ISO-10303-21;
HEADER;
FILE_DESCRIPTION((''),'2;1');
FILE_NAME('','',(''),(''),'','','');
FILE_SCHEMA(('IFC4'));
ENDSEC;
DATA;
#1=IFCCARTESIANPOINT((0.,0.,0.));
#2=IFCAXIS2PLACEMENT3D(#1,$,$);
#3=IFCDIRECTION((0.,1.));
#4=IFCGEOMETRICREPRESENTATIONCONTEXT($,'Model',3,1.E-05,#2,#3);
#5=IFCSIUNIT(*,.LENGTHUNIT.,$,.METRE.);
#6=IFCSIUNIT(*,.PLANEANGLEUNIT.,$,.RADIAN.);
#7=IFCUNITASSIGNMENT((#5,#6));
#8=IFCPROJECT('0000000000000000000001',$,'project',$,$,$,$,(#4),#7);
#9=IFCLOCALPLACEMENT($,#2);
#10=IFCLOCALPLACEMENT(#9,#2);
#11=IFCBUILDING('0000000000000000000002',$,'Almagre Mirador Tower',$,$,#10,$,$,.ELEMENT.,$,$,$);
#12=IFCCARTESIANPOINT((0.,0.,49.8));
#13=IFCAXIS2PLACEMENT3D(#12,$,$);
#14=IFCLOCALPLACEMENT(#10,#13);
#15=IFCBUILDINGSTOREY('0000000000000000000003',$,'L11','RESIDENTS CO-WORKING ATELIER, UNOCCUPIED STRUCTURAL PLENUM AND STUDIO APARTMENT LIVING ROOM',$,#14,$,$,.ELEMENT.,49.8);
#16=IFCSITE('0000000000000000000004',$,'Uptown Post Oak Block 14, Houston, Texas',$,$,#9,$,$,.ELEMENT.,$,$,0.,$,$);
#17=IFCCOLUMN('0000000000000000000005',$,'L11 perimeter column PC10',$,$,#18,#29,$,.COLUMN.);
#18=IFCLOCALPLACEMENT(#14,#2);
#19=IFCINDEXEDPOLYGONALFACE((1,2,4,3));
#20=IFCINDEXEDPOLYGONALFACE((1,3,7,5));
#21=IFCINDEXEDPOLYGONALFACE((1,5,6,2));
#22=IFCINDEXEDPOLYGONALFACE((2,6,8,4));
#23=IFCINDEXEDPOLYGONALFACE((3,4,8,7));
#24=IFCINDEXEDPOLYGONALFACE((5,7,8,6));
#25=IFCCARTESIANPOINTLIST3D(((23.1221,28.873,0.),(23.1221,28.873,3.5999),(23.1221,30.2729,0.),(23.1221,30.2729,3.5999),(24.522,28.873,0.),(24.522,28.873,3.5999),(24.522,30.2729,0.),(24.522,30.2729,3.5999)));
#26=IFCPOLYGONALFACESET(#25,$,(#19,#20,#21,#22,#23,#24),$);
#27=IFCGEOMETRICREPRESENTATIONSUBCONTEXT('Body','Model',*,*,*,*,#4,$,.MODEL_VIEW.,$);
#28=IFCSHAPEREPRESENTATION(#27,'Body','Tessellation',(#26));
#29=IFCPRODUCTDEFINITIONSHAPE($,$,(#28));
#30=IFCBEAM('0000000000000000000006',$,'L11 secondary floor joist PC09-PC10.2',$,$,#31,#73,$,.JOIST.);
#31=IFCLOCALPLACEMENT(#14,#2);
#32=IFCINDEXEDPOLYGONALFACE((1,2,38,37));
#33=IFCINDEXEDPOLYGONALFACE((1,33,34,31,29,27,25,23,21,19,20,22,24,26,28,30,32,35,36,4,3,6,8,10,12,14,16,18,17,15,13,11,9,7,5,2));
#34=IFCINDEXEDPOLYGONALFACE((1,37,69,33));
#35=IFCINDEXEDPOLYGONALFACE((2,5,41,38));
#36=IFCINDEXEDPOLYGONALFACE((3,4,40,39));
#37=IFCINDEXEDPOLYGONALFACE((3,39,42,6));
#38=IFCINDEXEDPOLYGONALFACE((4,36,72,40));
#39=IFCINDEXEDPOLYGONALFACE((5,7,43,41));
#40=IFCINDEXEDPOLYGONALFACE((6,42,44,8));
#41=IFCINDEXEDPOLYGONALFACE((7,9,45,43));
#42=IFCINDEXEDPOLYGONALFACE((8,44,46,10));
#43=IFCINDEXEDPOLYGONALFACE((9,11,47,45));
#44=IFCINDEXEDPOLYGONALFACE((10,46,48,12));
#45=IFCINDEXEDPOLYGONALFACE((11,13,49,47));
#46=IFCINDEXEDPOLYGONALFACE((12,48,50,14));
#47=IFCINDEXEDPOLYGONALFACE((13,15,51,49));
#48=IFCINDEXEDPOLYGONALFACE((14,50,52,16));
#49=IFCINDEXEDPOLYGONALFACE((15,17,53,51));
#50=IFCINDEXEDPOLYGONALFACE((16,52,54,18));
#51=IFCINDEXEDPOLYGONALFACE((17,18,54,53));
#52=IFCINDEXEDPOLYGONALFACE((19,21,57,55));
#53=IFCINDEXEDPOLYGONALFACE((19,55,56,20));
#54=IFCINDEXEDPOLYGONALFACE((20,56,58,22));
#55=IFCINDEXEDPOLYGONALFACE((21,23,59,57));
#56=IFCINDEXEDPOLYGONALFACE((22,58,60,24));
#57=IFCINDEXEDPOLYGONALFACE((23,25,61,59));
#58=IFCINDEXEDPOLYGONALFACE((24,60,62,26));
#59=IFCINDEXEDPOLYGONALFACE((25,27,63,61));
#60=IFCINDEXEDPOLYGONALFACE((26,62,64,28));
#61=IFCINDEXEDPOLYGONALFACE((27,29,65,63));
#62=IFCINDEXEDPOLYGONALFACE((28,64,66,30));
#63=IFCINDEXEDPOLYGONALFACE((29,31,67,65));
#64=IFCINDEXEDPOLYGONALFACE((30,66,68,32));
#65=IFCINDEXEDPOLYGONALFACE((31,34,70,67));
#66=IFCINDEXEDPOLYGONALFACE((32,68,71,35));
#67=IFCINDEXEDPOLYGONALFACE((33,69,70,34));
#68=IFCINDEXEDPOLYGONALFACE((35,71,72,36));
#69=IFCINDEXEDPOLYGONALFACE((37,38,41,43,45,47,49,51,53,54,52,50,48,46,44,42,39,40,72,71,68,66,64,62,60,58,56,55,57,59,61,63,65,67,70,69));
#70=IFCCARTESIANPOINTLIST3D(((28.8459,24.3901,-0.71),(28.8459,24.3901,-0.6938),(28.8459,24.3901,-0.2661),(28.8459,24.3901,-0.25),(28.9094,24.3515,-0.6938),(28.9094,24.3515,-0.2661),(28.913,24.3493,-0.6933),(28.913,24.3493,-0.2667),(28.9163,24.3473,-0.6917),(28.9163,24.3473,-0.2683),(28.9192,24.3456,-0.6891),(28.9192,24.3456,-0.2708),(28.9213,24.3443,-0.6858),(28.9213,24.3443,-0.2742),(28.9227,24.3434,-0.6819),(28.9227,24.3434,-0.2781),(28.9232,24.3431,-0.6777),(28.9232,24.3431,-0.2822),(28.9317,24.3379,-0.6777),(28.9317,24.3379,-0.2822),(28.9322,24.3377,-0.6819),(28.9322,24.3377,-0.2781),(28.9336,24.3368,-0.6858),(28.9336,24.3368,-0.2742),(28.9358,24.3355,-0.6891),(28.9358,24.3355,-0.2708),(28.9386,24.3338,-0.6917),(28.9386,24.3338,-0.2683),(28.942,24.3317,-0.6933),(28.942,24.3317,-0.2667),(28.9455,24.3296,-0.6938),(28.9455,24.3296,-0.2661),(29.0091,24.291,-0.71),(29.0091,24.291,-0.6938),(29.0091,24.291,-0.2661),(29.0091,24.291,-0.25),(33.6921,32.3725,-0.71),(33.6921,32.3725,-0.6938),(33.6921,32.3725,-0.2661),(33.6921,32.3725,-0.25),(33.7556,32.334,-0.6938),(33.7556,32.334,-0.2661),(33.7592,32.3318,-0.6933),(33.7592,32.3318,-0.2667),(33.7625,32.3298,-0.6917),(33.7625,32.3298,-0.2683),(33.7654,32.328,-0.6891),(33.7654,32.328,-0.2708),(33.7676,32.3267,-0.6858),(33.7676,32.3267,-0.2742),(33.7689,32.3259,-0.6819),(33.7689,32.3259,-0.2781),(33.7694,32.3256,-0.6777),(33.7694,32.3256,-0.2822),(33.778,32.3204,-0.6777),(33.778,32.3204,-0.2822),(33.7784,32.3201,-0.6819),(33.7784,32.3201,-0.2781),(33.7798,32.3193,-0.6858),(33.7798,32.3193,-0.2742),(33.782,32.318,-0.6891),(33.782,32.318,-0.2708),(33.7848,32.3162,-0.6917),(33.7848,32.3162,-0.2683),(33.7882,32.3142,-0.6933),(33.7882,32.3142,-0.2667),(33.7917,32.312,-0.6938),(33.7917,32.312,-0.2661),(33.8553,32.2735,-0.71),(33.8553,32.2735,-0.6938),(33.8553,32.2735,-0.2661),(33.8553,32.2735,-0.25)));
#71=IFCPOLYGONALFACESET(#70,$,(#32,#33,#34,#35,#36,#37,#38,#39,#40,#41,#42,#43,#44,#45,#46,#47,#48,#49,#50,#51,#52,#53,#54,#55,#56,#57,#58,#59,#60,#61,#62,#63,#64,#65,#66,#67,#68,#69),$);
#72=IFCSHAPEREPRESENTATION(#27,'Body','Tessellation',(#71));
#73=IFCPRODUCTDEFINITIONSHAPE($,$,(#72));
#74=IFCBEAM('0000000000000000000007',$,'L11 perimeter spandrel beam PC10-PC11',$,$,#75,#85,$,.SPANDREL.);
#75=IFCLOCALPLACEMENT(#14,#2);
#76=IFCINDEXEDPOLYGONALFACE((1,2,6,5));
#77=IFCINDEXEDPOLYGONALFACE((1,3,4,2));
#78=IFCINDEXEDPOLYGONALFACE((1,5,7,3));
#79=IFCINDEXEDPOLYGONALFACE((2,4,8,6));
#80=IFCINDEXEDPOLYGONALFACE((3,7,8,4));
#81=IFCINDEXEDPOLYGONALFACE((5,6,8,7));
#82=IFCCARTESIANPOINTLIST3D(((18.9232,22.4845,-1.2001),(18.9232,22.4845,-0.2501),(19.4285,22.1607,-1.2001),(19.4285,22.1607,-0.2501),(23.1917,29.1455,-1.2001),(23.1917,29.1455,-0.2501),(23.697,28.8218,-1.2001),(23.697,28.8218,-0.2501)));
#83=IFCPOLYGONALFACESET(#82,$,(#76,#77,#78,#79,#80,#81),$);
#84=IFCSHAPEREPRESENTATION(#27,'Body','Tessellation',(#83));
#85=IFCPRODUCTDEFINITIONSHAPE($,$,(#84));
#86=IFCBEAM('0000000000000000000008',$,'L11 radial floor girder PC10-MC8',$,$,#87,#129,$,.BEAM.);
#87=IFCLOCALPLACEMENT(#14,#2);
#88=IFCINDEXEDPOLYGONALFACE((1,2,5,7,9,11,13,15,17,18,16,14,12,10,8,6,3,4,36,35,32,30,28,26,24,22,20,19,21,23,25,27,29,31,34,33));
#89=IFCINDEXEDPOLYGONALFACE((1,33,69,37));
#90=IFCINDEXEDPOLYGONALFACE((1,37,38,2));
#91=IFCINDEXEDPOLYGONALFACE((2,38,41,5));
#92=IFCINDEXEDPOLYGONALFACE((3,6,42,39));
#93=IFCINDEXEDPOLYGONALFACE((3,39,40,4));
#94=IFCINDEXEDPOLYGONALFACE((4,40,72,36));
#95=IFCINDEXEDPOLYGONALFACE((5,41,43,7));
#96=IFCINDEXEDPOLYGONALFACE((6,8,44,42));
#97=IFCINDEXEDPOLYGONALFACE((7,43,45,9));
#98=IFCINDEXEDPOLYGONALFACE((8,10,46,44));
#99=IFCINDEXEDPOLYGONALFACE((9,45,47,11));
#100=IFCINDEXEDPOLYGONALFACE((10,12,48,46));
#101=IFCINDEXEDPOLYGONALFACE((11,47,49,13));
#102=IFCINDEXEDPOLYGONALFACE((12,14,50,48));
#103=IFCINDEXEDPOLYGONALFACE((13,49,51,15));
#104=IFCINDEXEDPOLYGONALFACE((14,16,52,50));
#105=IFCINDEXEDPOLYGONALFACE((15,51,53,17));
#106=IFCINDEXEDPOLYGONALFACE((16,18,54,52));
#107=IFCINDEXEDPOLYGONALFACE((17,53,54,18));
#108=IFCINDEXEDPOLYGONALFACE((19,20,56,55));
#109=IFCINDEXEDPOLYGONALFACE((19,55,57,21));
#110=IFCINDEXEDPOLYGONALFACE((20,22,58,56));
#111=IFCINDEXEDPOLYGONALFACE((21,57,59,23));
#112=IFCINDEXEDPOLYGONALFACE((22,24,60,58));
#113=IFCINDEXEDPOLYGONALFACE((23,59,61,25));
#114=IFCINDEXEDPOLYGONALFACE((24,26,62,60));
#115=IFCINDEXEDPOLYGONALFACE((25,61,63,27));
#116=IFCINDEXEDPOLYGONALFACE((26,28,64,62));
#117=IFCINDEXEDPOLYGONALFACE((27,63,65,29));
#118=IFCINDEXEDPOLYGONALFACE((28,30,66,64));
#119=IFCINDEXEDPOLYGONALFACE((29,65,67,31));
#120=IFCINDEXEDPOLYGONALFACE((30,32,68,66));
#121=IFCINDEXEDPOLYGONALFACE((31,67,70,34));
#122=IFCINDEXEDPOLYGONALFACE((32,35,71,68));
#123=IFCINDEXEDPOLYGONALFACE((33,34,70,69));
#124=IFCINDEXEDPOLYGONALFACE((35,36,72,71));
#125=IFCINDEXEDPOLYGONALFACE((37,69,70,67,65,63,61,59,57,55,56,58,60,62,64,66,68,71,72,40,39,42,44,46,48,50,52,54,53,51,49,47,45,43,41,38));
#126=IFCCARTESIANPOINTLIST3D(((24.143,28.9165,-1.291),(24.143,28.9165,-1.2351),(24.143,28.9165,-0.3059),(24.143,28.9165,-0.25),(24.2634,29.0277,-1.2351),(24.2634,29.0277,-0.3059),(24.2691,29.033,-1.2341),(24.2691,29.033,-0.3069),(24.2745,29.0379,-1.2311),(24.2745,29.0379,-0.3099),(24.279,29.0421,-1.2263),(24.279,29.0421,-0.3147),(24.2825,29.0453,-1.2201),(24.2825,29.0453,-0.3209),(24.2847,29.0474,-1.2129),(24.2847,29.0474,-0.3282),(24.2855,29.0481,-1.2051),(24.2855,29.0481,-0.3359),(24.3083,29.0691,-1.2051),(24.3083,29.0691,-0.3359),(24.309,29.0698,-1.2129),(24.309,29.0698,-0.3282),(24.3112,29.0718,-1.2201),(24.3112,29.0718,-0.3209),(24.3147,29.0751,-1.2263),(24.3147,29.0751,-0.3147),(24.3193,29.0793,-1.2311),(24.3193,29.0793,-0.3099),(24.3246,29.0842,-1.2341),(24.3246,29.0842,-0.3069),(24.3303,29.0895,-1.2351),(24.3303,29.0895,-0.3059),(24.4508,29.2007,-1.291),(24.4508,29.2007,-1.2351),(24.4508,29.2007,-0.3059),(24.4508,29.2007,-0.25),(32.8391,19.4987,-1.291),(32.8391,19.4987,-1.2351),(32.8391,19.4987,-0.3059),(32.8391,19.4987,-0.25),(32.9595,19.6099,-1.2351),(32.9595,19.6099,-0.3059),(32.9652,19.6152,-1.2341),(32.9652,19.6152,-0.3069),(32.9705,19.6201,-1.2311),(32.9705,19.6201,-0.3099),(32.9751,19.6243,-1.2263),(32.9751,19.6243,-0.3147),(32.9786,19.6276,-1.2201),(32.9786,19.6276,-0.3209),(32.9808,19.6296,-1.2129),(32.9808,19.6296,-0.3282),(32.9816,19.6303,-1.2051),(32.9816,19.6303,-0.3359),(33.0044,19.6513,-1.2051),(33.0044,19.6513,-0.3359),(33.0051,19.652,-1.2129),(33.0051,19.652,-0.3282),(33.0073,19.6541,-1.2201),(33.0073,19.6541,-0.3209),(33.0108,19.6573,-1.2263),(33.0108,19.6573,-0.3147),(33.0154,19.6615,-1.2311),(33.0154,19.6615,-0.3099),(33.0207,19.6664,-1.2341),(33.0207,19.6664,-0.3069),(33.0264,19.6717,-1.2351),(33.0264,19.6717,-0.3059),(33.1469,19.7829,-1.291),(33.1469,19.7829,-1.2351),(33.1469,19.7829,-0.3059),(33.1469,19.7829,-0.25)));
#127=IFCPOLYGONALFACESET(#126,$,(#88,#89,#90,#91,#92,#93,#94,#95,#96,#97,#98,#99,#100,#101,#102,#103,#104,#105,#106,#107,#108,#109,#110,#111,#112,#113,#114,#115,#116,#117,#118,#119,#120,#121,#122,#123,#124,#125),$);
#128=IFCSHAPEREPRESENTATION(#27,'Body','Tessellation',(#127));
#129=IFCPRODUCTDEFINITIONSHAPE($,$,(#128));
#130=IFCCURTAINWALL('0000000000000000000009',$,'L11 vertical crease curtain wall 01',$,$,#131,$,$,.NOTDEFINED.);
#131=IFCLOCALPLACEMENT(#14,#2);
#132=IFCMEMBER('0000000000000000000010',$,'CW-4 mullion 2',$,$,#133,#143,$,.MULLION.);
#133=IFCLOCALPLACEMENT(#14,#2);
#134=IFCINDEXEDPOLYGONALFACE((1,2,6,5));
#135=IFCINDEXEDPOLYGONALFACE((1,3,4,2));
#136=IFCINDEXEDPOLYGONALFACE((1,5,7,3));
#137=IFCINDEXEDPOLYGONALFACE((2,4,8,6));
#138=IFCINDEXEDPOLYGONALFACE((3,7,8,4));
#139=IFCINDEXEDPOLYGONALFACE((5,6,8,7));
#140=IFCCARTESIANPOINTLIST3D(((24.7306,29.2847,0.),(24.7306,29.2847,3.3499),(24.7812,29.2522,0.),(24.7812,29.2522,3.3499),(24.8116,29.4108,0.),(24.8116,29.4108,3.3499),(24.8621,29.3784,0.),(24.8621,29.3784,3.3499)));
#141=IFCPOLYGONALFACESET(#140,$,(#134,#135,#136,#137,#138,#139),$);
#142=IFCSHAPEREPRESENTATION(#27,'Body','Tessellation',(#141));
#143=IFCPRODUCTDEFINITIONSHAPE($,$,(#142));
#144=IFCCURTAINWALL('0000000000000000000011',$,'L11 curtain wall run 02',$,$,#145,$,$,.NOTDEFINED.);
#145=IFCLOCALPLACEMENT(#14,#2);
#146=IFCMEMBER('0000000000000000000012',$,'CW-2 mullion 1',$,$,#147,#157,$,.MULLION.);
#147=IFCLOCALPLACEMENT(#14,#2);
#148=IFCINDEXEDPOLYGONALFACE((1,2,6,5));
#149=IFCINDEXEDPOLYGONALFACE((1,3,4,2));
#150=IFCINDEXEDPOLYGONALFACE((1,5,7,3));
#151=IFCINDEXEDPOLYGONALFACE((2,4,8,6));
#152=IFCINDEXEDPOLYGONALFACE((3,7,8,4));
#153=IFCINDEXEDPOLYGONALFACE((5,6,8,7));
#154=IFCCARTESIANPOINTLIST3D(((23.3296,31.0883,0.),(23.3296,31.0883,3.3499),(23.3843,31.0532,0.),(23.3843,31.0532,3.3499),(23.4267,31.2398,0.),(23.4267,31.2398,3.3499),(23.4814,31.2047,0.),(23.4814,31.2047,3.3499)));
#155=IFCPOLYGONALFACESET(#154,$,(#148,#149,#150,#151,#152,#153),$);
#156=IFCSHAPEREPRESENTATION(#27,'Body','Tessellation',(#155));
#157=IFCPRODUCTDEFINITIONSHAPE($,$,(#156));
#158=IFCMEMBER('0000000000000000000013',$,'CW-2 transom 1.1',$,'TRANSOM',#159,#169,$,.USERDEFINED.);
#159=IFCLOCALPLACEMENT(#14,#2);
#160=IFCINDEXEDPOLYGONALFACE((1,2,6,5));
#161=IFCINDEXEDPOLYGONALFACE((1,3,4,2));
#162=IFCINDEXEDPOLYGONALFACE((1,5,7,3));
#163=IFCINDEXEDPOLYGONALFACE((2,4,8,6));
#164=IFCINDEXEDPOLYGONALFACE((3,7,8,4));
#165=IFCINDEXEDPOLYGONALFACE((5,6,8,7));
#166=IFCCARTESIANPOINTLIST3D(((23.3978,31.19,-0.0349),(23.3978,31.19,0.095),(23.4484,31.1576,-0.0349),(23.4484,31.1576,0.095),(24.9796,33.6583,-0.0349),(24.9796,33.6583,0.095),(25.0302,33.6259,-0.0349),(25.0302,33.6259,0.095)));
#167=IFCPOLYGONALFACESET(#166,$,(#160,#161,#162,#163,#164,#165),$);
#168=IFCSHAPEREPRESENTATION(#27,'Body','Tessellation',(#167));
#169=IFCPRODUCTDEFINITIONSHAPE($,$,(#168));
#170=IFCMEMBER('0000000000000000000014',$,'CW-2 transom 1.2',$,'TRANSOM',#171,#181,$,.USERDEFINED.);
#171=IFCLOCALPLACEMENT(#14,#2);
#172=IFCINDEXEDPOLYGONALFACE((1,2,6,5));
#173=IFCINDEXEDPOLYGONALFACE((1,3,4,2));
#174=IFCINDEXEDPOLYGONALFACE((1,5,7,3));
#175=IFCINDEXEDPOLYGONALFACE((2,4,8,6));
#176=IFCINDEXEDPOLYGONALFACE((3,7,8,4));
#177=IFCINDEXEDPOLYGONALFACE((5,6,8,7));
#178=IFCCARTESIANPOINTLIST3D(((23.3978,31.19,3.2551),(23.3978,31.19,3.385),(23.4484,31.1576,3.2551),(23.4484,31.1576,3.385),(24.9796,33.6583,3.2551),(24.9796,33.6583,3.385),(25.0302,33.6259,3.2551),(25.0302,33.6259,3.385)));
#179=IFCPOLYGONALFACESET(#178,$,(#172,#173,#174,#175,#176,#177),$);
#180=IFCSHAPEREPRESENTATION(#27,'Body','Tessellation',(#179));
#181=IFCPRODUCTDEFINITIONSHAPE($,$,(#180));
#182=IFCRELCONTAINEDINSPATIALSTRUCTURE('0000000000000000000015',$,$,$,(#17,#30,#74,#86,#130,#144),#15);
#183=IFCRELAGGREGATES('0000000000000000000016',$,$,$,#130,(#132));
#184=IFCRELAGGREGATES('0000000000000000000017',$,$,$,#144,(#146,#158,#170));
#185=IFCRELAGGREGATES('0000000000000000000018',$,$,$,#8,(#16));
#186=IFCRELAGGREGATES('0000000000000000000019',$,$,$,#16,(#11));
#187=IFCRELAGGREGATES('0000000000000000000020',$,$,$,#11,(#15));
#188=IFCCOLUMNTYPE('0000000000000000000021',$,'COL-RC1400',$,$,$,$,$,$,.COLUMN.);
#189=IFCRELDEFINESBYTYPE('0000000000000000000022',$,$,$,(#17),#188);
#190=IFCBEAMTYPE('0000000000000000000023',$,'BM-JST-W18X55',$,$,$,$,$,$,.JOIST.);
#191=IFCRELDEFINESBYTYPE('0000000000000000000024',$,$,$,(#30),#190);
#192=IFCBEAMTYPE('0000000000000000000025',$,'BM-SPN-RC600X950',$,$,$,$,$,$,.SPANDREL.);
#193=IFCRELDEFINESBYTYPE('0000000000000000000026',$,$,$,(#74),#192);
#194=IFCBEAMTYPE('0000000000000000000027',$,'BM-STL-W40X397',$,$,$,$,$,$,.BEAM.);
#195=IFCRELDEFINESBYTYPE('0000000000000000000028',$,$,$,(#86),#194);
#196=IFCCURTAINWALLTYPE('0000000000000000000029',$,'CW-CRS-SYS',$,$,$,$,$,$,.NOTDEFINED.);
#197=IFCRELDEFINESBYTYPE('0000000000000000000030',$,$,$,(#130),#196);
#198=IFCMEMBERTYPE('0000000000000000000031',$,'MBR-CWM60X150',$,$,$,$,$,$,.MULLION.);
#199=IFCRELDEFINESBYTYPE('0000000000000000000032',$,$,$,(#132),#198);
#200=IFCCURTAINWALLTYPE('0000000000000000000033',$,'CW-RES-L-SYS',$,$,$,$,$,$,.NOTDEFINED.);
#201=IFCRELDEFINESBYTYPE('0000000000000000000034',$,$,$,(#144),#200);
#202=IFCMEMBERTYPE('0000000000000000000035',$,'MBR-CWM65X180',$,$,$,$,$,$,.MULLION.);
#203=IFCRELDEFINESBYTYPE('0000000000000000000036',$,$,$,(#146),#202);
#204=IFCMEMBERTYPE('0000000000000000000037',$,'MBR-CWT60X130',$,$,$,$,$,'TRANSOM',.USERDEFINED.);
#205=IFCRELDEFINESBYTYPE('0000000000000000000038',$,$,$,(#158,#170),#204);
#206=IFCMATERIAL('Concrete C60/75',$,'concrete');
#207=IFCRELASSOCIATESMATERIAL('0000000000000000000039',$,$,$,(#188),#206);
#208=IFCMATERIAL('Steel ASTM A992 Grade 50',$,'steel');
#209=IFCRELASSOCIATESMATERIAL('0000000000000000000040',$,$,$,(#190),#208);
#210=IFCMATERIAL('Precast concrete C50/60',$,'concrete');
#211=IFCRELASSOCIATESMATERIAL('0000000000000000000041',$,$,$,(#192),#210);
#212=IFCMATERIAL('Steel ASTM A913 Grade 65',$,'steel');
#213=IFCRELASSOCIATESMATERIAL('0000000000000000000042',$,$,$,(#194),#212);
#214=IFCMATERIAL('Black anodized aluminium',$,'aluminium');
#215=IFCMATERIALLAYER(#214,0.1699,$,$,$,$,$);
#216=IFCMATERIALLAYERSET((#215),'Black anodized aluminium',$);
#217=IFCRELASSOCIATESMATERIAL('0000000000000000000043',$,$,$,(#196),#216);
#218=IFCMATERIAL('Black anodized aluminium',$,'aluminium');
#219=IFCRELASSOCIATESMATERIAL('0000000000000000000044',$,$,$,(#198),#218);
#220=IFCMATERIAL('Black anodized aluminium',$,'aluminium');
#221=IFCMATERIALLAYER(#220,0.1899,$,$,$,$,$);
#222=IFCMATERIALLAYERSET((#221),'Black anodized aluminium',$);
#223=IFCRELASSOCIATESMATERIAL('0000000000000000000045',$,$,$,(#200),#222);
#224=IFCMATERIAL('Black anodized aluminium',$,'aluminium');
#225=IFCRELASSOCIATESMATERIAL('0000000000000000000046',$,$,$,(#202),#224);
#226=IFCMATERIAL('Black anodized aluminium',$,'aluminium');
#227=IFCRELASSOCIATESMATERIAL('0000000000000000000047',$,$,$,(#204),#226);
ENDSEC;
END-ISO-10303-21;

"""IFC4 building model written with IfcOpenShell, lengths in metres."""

from ifc_helpers import new_model, si_unit, direction, frame, origin, origin_2d, place, context, subcontext, project, spatial, rectangle, i_section, extrude, material, layer, layer_set, material_profile, profile_set, type_object, element, aggregate, save


model = new_model("IFC4")

# Units and contexts
model_context = context("Model", 3, precision=1e-05, world=origin(), true_north=direction((0.0, 1.0)))
body_context = subcontext(model_context, "Body", "Model", "MODEL_VIEW")
ifc_project = project(units=[si_unit("LENGTHUNIT", "METRE"), si_unit("PLANEANGLEUNIT", "RADIAN")], contexts=[model_context])

# Site, building, storey
site_placement = place(None, origin())
site = spatial("IfcSite", under=ifc_project, at=site_placement, Name="Uptown Post Oak Block 14, Houston, Texas", CompositionType="ELEMENT", RefElevation=0.0)
building_placement = place(site_placement, origin())
building = spatial("IfcBuilding", under=site, at=building_placement, Name="Almagre Mirador Tower", CompositionType="ELEMENT")
storey_placement = place(building_placement, frame((0.0, 0.0, 49.8)))
storey = spatial("IfcBuildingStorey", under=building, at=storey_placement, Name="L11", Description="RESIDENTS CO-WORKING ATELIER, UNOCCUPIED STRUCTURAL PLENUM AND STUDIO APARTMENT LIVING ROOM", CompositionType="ELEMENT", Elevation=49.8)

# Column
ifc_material_1 = material(Name="Concrete C60/75", Category="concrete")
ifc_material_profile_1 = material_profile(ifc_material_1, rectangle(XDim=1.3999, YDim=1.3999, at=origin_2d()), Name="RC1400X1400")
ifc_profile_set_1 = profile_set([ifc_material_profile_1], Name="Concrete C60/75")
column_type = type_object("IfcColumnType", Name="COL-RC1400", PredefinedType="COLUMN", material=ifc_profile_set_1)
column_placement = place(storey_placement, frame((23.822, 29.573, 0.0), z_axis=(0.0, 0.0, 1.0), x_axis=(1.0, 0.0, 0.0)))
element("IfcColumn", 1, at=column_placement, inside=storey, type_object=column_type, Name="L11 perimeter column PC10", PredefinedType="COLUMN", context=body_context, shape_type="SweptSolid", body=[
    extrude(rectangle(XDim=1.3999, YDim=1.3999, at=origin_2d()), origin(), (0.0, 0.0, 1.0), 3.5999),
])

# Beams
ifc_material_2 = material(Name="Steel ASTM A992 Grade 50", Category="steel")
ifc_material_profile_2 = material_profile(ifc_material_2, i_section(OverallWidth=0.1909, OverallDepth=0.46, WebThickness=0.01, FlangeThickness=0.0161, FilletRadius=0.0161, at=origin_2d()), Name="W18X55")
ifc_profile_set_2 = profile_set([ifc_material_profile_2], Name="Steel ASTM A992 Grade 50")
beam_type_1 = type_object("IfcBeamType", Name="BM-JST-W18X55", PredefinedType="JOIST", material=ifc_profile_set_2)
beam_1_placement = place(storey_placement, frame((33.7737, 32.323, -0.48), z_axis=(-0.518956, -0.854801, 0.0), x_axis=(0.854801, -0.518956, 0.0)))
element("IfcBeam", 2, at=beam_1_placement, inside=storey, type_object=beam_type_1, Name="L11 secondary floor joist PC09-PC10.2", PredefinedType="JOIST", context=body_context, shape_type="SweptSolid", body=[
    extrude(i_section(OverallWidth=0.1909, OverallDepth=0.46, WebThickness=0.01, FlangeThickness=0.0161, FilletRadius=0.0161, at=origin_2d()), origin(), (0.0, 0.0, 1.0), 9.3384),
])
ifc_material_3 = material(Name="Precast concrete C50/60", Category="concrete")
ifc_material_profile_3 = material_profile(ifc_material_3, rectangle(XDim=0.6001, YDim=0.95, at=origin_2d()), Name="RC600X950")
ifc_profile_set_3 = profile_set([ifc_material_profile_3], Name="Precast concrete C50/60")
beam_type_2 = type_object("IfcBeamType", Name="BM-SPN-RC600X950", PredefinedType="SPANDREL", material=ifc_profile_set_3)
beam_2_placement = place(storey_placement, frame((23.4443, 28.9836, -0.7251), z_axis=(-0.53954, -0.84196, 0.0), x_axis=(0.84196, -0.53954, 0.0)))
element("IfcBeam", 3, at=beam_2_placement, inside=storey, type_object=beam_type_2, Name="L11 perimeter spandrel beam PC10-PC11", PredefinedType="SPANDREL", context=body_context, shape_type="SweptSolid", body=[
    extrude(rectangle(XDim=0.6001, YDim=0.95, at=origin_2d()), origin(), (0.0, 0.0, 1.0), 7.9114),
])
ifc_material_4 = material(Name="Steel ASTM A913 Grade 65", Category="steel")
ifc_material_profile_4 = material_profile(ifc_material_4, i_section(OverallWidth=0.4189, OverallDepth=1.041, WebThickness=0.031, FlangeThickness=0.0559, FilletRadius=0.03, at=origin_2d()), Name="W40X397")
ifc_profile_set_4 = profile_set([ifc_material_profile_4], Name="Steel ASTM A913 Grade 65")
beam_type_3 = type_object("IfcBeamType", Name="BM-STL-W40X397", PredefinedType="BEAM", material=ifc_profile_set_4)
beam_3_placement = place(storey_placement, frame((24.2969, 29.0586, -0.7705), z_axis=(0.678396, -0.734696, 0.0), x_axis=(0.734696, 0.678396, 0.0)))
element("IfcBeam", 4, at=beam_3_placement, inside=storey, type_object=beam_type_3, Name="L11 radial floor girder PC10-MC8", PredefinedType="BEAM", context=body_context, shape_type="SweptSolid", body=[
    extrude(i_section(OverallWidth=0.4189, OverallDepth=1.041, WebThickness=0.031, FlangeThickness=0.0559, FilletRadius=0.03, at=origin_2d()), origin(), (0.0, 0.0, 1.0), 12.8186),
])

# Curtain wall, member
ifc_material_5 = material(Name="Black anodized aluminium", Category="aluminium")
ifc_layer_1 = layer(ifc_material_5, 0.1699)
ifc_layer_set_1 = layer_set([ifc_layer_1], Name="Black anodized aluminium")
curtain_wall_type_1 = type_object("IfcCurtainWallType", Name="CW-CRS-SYS", PredefinedType="NOTDEFINED", material=ifc_layer_set_1)
curtain_wall_1_placement = place(storey_placement, origin())
curtain_wall_1 = element("IfcCurtainWall", 5, at=curtain_wall_1_placement, inside=storey, type_object=curtain_wall_type_1, Name="L11 vertical crease curtain wall 01", PredefinedType="NOTDEFINED")
ifc_material_6 = material(Name="Black anodized aluminium", Category="aluminium")
ifc_material_profile_5 = material_profile(ifc_material_6, rectangle(XDim=0.0601, YDim=0.1499, at=origin_2d()), Name="CWM60X150")
ifc_profile_set_5 = profile_set([ifc_material_profile_5], Name="Black anodized aluminium")
member_type_1 = type_object("IfcMemberType", Name="MBR-CWM60X150", PredefinedType="MULLION", material=ifc_profile_set_5)
member_1_placement = place(storey_placement, frame((24.7964, 29.3315, 0.0), z_axis=(0.0, 0.0, 1.0), x_axis=(-0.841762, 0.539849, 0.0)))
member_1 = element("IfcMember", 6, at=member_1_placement, type_object=member_type_1, Name="CW-4 mullion 2", PredefinedType="MULLION", context=body_context, shape_type="SweptSolid", body=[
    extrude(rectangle(XDim=0.0601, YDim=0.1499, at=origin_2d()), origin(), (0.0, 0.0, 1.0), 3.3499),
])

# Curtain wall, members
ifc_material_7 = material(Name="Black anodized aluminium", Category="aluminium")
ifc_layer_2 = layer(ifc_material_7, 0.1899)
ifc_layer_set_2 = layer_set([ifc_layer_2], Name="Black anodized aluminium")
curtain_wall_type_2 = type_object("IfcCurtainWallType", Name="CW-RES-L-SYS", PredefinedType="NOTDEFINED", material=ifc_layer_set_2)
curtain_wall_2_placement = place(storey_placement, origin())
curtain_wall_2 = element("IfcCurtainWall", 7, at=curtain_wall_2_placement, inside=storey, type_object=curtain_wall_type_2, Name="L11 curtain wall run 02", PredefinedType="NOTDEFINED")
ifc_material_8 = material(Name="Black anodized aluminium", Category="aluminium")
ifc_material_profile_6 = material_profile(ifc_material_8, rectangle(XDim=0.0649, YDim=0.1799, at=origin_2d()), Name="CWM65X180")
ifc_profile_set_6 = profile_set([ifc_material_profile_6], Name="Black anodized aluminium")
member_type_2 = type_object("IfcMemberType", Name="MBR-CWM65X180", PredefinedType="MULLION", material=ifc_profile_set_6)
member_2_placement = place(storey_placement, frame((23.4055, 31.1465, 0.0), z_axis=(0.0, 0.0, 1.0), x_axis=(-0.841967, 0.539529, 0.0)))
member_2 = element("IfcMember", 8, at=member_2_placement, type_object=member_type_2, Name="CW-2 mullion 1", PredefinedType="MULLION", context=body_context, shape_type="SweptSolid", body=[
    extrude(rectangle(XDim=0.0649, YDim=0.1799, at=origin_2d()), origin(), (0.0, 0.0, 1.0), 3.3499),
])
ifc_material_9 = material(Name="Black anodized aluminium", Category="aluminium")
ifc_material_profile_7 = material_profile(ifc_material_9, rectangle(XDim=0.0601, YDim=0.1299, at=origin_2d()), Name="CWT60X130")
ifc_profile_set_7 = profile_set([ifc_material_profile_7], Name="Black anodized aluminium")
member_type_3 = type_object("IfcMemberType", Name="MBR-CWT60X130", ElementType="TRANSOM", PredefinedType="USERDEFINED", material=ifc_profile_set_7)
member_3_placement = place(storey_placement, frame((23.4231, 31.1738, 0.03), z_axis=(0.539562, 0.841946, 0.0), x_axis=(-0.841946, 0.539562, 0.0)))
member_3 = element("IfcMember", 9, at=member_3_placement, type_object=member_type_3, Name="CW-2 transom 1.1", ObjectType="TRANSOM", PredefinedType="USERDEFINED", context=body_context, shape_type="SweptSolid", body=[
    extrude(rectangle(XDim=0.0601, YDim=0.1299, at=origin_2d()), origin(), (0.0, 0.0, 1.0), 2.9316),
])
member_4_placement = place(storey_placement, frame((23.4231, 31.1738, 3.3201), z_axis=(0.539562, 0.841946, 0.0), x_axis=(-0.841946, 0.539562, 0.0)))
member_4 = element("IfcMember", 10, at=member_4_placement, type_object=member_type_3, Name="CW-2 transom 1.2", ObjectType="TRANSOM", PredefinedType="USERDEFINED", context=body_context, shape_type="SweptSolid", body=[
    extrude(rectangle(XDim=0.0601, YDim=0.1299, at=origin_2d()), origin(), (0.0, 0.0, 1.0), 2.9316),
])

aggregate(curtain_wall_1, [member_1])
aggregate(curtain_wall_2, [member_2, member_3, member_4])

save(model, "model.ifc")
